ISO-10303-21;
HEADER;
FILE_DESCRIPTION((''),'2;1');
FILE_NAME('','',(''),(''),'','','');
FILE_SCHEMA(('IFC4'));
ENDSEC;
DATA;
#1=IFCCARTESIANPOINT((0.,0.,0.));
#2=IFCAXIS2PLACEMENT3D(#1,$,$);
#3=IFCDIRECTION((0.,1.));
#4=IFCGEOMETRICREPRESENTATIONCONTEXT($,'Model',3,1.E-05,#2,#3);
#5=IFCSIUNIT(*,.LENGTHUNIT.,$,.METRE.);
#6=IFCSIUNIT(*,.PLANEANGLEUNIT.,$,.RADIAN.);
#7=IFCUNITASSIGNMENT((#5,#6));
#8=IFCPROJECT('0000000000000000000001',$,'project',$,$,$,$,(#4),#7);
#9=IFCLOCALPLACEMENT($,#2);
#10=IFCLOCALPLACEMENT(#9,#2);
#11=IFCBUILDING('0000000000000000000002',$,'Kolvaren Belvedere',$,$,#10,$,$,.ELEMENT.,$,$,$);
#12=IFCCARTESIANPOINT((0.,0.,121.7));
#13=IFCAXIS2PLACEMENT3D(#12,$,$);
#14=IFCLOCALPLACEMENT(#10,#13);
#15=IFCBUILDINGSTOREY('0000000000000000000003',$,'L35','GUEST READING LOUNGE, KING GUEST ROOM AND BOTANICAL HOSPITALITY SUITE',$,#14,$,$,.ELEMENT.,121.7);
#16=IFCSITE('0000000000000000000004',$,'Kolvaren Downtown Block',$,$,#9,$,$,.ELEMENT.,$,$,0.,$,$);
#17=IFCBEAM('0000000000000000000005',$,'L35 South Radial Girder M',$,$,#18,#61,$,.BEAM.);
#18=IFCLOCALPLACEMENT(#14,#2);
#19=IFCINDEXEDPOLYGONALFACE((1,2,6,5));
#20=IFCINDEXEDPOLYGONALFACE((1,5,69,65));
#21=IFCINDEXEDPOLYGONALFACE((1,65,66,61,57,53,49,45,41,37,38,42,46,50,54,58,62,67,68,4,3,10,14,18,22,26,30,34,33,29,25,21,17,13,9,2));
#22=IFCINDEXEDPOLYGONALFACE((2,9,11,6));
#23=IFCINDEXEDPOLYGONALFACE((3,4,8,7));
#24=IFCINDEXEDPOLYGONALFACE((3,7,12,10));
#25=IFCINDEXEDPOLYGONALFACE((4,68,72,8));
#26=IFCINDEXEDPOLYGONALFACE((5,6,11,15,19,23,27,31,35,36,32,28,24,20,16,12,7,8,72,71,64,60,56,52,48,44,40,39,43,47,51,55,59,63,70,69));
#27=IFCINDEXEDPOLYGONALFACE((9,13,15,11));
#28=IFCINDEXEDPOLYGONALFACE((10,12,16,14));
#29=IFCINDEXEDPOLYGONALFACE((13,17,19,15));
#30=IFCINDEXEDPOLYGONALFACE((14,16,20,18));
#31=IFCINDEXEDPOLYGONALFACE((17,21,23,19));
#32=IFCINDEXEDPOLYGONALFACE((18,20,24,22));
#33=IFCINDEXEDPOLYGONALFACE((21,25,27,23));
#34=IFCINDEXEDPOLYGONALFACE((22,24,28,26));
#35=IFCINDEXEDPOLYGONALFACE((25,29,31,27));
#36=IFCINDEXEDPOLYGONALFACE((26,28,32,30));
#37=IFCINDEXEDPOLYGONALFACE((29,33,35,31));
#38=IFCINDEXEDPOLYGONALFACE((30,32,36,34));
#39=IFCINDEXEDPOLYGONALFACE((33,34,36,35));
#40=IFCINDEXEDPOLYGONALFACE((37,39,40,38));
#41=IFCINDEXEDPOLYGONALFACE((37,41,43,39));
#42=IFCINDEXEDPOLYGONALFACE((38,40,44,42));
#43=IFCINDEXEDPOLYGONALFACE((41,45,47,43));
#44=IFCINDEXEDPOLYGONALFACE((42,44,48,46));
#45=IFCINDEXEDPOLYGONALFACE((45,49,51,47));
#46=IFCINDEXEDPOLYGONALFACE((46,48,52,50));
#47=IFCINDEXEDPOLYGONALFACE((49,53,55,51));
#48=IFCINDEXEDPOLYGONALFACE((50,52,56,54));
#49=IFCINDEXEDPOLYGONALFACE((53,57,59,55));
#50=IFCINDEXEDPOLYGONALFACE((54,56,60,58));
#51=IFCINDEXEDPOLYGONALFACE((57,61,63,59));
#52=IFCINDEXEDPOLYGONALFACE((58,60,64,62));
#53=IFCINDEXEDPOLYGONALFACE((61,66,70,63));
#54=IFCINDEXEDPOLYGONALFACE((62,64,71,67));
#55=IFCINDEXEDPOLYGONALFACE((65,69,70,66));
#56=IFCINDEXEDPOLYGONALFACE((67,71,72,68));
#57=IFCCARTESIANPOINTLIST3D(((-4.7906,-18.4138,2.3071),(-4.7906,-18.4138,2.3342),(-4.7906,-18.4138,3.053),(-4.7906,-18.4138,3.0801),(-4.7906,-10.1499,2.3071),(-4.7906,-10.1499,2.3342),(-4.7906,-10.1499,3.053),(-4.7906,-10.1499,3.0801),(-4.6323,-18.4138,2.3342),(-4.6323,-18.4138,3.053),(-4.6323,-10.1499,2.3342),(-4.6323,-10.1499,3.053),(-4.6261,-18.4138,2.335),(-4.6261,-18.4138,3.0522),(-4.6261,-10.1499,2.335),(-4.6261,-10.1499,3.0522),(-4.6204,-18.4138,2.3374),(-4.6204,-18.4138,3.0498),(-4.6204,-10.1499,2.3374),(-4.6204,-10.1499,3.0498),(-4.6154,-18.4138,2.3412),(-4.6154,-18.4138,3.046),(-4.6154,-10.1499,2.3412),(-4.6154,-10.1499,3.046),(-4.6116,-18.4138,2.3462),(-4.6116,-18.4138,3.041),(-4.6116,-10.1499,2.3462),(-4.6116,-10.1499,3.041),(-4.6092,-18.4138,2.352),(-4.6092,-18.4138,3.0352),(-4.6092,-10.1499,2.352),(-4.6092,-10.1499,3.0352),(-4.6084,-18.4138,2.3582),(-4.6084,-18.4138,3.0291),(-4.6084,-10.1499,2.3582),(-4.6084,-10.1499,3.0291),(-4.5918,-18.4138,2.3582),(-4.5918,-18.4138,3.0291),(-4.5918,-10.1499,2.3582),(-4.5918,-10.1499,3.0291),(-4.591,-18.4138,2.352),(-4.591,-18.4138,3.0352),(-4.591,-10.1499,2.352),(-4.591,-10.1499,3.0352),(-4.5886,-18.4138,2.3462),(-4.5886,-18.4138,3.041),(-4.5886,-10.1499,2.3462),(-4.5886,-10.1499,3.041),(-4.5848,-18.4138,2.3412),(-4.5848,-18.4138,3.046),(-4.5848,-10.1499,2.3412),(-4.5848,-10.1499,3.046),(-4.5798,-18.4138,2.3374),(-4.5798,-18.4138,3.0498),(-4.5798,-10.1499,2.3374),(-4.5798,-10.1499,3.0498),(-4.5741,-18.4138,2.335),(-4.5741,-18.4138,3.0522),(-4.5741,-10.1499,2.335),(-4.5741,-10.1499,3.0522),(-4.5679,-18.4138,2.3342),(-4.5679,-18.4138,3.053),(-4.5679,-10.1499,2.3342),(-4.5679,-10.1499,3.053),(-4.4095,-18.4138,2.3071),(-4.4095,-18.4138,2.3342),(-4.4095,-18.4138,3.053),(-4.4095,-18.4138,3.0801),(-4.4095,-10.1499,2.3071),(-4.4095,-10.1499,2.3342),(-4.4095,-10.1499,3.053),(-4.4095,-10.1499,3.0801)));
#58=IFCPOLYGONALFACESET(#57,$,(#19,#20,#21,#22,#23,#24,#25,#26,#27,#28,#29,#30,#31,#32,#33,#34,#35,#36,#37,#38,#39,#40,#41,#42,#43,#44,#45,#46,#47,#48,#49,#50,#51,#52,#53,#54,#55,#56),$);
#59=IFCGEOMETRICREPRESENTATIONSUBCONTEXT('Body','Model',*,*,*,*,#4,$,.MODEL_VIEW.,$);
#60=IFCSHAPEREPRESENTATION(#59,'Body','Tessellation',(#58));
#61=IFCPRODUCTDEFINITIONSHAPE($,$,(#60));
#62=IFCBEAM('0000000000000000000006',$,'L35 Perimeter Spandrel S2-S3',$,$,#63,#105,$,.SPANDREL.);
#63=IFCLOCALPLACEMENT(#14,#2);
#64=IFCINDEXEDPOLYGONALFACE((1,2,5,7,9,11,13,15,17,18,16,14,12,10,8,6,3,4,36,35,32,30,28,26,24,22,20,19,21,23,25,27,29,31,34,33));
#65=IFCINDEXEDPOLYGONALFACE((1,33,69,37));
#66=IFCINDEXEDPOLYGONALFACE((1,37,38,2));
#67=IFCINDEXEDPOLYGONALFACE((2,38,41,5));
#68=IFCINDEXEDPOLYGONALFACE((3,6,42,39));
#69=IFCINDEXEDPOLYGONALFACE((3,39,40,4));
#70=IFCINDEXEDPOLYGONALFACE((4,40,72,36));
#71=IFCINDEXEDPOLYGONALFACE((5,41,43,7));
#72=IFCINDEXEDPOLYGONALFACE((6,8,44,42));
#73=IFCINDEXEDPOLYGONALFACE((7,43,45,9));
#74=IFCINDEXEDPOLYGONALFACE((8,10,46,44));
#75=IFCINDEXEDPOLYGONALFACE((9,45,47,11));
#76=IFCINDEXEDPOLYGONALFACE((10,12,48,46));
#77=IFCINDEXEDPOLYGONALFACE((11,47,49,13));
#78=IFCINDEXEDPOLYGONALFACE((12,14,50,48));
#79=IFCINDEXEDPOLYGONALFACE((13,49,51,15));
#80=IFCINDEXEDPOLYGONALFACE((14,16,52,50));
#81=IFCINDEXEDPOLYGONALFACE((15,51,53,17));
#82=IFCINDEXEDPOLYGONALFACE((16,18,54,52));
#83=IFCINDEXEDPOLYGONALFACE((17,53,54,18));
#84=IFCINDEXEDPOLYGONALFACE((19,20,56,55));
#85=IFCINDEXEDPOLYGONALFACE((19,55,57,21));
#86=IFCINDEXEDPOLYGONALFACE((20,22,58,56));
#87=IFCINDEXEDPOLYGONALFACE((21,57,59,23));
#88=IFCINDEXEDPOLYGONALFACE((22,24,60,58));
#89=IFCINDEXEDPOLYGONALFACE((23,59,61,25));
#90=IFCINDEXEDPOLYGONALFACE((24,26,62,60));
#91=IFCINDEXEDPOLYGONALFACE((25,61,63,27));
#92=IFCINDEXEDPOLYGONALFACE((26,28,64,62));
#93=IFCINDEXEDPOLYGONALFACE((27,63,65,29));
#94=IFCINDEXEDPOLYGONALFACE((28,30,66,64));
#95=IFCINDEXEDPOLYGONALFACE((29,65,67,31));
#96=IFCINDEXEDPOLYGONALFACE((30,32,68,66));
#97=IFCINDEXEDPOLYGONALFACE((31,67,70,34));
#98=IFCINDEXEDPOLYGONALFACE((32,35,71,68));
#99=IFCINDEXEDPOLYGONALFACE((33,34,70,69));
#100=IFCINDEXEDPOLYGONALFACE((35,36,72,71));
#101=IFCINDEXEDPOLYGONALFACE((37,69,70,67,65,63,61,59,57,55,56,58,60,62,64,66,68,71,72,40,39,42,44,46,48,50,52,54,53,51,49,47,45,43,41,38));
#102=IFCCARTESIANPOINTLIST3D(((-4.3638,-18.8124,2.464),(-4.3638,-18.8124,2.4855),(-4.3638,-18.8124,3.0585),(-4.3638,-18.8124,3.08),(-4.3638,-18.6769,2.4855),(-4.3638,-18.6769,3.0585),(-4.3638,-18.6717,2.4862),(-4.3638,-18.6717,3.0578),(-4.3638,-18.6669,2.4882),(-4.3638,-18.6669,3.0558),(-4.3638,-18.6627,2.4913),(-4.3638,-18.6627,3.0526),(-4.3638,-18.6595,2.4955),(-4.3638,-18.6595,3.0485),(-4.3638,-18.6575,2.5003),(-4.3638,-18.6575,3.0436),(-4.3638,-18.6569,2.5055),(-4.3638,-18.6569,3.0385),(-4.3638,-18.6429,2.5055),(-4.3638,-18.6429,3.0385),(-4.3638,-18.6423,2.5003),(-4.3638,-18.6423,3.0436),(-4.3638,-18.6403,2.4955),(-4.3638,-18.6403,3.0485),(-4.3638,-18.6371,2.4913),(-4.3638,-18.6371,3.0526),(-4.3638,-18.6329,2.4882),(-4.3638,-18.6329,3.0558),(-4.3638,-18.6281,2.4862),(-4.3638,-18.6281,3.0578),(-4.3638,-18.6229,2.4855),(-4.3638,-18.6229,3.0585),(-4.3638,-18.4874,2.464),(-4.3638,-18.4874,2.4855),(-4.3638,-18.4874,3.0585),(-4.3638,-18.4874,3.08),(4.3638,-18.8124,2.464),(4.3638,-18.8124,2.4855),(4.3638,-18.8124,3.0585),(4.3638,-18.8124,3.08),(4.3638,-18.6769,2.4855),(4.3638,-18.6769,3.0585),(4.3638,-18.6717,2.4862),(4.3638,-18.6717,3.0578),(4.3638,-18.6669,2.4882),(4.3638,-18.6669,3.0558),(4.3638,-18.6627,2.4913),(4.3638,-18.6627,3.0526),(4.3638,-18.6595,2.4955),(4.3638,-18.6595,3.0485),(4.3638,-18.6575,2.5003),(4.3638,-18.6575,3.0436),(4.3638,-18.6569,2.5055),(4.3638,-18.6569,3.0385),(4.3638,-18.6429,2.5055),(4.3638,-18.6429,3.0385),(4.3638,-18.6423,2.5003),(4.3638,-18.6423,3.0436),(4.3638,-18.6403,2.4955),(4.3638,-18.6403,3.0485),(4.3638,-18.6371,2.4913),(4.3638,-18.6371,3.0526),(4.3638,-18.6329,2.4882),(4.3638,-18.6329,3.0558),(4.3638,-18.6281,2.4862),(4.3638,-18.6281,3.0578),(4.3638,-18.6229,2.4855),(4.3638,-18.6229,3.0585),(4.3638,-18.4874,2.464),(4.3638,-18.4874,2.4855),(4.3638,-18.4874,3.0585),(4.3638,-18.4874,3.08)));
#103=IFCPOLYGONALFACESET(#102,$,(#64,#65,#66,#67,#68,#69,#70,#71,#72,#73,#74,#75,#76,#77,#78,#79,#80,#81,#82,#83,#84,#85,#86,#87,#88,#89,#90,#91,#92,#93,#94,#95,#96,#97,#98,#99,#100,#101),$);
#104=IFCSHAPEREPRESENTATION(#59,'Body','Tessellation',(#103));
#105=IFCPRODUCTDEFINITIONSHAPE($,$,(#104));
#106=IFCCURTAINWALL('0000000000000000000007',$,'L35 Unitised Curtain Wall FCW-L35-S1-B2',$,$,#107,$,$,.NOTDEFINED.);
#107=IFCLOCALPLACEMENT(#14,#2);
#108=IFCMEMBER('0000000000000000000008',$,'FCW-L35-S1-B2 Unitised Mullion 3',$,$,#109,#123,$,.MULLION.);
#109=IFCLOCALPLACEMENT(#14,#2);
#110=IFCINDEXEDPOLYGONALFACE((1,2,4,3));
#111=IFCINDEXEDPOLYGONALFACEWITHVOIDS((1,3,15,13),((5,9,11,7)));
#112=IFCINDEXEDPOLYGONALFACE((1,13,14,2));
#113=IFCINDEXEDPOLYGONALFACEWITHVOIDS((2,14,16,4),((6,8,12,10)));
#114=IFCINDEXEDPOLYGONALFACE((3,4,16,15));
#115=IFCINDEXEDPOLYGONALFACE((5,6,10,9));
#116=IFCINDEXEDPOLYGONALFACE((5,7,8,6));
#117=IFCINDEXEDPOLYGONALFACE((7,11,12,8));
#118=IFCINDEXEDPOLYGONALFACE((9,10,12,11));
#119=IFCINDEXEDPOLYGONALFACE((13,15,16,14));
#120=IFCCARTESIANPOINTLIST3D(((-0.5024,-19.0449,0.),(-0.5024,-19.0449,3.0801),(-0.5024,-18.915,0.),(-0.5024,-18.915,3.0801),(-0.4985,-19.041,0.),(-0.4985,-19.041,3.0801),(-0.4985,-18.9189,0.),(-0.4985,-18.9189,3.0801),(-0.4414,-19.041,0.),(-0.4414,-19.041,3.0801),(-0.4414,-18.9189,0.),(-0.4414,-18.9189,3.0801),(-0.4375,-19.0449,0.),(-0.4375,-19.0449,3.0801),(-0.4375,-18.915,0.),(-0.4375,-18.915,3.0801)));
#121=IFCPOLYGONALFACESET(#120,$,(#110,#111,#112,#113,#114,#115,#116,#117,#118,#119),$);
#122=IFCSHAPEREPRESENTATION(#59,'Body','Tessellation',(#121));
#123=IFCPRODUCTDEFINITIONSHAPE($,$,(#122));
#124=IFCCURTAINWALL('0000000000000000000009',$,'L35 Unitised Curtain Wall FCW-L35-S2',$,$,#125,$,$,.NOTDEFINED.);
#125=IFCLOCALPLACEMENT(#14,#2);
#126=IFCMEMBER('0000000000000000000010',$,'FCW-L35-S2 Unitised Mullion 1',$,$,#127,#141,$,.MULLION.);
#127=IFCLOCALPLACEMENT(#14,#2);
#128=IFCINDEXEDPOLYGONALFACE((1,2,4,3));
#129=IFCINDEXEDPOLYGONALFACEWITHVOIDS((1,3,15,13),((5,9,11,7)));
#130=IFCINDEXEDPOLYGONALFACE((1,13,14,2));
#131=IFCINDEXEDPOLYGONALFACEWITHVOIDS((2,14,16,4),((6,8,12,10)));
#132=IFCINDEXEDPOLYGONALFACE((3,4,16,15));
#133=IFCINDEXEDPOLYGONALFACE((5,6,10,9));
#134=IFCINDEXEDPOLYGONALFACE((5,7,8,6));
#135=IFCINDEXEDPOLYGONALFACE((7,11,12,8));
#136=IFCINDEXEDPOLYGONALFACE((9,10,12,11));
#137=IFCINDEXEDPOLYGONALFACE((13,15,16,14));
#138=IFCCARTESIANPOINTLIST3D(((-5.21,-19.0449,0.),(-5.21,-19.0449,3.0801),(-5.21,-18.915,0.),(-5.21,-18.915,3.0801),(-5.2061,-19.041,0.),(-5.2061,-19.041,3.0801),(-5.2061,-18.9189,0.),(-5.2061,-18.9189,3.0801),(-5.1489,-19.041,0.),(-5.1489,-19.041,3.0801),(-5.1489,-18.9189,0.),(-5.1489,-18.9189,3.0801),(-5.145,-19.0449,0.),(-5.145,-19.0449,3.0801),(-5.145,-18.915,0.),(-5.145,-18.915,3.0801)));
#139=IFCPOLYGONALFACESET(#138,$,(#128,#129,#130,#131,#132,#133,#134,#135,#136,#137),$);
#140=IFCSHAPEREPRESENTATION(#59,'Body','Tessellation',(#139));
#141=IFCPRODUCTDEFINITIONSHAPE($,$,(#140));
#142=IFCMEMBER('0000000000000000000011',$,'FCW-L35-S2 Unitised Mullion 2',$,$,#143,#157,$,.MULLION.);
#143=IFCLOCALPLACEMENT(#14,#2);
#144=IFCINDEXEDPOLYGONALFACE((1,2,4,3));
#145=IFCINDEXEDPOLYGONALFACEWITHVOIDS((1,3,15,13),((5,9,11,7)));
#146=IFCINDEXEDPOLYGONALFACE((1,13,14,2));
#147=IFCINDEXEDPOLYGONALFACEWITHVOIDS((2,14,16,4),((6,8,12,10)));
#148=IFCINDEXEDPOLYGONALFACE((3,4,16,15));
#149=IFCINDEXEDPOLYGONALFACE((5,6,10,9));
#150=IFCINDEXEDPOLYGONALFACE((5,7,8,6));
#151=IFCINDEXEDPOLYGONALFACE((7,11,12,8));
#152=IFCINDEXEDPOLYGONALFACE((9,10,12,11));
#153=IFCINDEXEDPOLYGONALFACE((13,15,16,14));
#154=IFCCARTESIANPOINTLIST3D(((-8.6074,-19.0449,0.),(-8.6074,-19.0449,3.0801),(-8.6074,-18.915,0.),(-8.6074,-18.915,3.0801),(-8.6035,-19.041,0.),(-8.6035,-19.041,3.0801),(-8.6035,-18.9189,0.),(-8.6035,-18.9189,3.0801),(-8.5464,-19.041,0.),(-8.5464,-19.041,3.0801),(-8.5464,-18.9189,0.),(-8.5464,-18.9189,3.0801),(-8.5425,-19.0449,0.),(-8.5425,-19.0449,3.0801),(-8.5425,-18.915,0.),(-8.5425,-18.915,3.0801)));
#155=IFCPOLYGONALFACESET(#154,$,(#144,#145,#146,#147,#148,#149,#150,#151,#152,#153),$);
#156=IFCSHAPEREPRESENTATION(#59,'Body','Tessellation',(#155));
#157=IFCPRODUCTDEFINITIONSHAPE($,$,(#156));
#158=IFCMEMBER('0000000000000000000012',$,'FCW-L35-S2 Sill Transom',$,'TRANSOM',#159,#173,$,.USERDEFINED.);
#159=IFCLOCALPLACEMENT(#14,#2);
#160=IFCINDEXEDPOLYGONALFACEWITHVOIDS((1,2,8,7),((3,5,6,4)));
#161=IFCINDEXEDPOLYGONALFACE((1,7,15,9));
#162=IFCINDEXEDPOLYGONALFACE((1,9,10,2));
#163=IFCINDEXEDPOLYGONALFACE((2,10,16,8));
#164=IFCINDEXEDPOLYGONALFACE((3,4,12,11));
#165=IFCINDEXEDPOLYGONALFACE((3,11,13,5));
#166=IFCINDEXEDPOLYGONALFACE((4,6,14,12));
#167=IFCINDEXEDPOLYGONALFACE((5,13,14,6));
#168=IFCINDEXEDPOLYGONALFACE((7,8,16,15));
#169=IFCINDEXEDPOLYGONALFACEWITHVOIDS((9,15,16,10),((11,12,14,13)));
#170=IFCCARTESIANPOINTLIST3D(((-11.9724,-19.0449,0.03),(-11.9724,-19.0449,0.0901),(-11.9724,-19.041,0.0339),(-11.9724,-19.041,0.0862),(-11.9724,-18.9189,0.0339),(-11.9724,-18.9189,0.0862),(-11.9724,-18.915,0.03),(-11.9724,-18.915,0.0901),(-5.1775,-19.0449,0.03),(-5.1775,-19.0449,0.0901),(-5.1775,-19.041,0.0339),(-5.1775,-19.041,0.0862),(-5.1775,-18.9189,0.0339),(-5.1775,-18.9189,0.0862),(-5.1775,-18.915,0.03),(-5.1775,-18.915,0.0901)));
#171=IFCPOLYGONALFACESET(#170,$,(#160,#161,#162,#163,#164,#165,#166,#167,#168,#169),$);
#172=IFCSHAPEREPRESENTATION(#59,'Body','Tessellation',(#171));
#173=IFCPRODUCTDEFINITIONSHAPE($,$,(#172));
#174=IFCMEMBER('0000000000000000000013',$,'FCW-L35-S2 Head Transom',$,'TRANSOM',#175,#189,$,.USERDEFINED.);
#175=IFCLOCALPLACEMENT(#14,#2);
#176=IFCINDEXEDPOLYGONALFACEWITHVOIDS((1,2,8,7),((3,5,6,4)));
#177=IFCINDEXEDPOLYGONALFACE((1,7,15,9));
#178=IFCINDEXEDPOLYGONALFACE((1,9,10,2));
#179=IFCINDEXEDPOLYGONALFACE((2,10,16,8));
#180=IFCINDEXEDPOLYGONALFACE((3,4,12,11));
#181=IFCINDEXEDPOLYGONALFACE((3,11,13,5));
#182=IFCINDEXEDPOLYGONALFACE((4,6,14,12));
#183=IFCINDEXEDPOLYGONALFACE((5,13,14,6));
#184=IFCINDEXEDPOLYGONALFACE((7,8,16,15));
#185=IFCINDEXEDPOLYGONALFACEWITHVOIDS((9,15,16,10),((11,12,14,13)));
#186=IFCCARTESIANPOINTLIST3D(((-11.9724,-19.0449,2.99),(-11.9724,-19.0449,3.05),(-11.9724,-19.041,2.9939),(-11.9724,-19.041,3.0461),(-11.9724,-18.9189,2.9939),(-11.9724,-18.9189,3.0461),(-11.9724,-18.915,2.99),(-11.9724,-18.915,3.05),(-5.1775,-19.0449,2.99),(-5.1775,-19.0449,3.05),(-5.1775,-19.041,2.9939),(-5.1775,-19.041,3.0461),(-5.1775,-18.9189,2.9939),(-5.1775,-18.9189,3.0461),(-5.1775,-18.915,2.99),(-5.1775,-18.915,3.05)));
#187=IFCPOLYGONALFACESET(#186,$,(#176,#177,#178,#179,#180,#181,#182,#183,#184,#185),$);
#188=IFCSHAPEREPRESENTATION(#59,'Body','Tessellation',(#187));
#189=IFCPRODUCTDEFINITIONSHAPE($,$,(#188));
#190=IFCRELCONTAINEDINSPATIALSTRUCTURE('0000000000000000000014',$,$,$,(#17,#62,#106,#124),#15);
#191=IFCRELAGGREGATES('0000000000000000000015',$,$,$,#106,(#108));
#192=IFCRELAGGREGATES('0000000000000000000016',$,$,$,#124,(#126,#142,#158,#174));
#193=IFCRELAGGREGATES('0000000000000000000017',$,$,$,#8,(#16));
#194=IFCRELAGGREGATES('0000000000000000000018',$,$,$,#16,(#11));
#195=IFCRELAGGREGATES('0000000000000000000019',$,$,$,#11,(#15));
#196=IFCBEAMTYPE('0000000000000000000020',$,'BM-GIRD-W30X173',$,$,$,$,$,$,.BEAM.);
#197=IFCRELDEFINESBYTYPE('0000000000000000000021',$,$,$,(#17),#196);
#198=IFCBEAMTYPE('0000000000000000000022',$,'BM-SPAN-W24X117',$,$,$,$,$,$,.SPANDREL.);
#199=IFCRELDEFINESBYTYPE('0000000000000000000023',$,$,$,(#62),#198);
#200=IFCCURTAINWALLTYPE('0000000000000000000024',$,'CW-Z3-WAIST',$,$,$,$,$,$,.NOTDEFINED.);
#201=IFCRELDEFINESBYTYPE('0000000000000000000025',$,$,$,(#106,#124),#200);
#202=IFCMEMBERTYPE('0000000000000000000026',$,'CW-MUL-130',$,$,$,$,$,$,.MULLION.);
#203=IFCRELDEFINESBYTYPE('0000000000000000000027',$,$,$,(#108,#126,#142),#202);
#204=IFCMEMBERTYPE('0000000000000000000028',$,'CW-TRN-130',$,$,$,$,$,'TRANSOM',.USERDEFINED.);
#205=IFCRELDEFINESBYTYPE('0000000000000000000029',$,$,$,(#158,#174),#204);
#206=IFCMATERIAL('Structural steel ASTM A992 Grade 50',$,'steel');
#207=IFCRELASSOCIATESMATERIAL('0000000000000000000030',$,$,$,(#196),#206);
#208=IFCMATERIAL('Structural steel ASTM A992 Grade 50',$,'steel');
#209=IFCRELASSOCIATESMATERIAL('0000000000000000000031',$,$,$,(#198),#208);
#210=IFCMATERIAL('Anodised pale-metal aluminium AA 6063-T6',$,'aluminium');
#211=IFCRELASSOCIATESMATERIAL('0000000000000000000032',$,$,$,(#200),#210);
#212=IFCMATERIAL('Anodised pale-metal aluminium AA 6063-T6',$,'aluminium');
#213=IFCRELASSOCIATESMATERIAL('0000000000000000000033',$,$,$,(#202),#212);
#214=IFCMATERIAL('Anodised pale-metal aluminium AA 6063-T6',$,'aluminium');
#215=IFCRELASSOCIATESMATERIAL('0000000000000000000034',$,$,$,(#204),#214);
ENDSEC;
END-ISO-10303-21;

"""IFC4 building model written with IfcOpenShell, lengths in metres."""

from ifc_helpers import new_model, si_unit, direction, frame, origin, origin_2d, place, context, subcontext, project, spatial, hollow_rectangle, i_section, extrude, material, material_profile, profile_set, type_object, element, aggregate, save


model = new_model("IFC4")

# Units and contexts
model_context = context("Model", 3, precision=1e-05, world=origin(), true_north=direction((0.0, 1.0)))
body_context = subcontext(model_context, "Body", "Model", "MODEL_VIEW")
ifc_project = project(units=[si_unit("LENGTHUNIT", "METRE"), si_unit("PLANEANGLEUNIT", "RADIAN")], contexts=[model_context])

# Site, building, storey
site_placement = place(None, origin())
site = spatial("IfcSite", under=ifc_project, at=site_placement, Name="Kolvaren Downtown Block", CompositionType="ELEMENT", RefElevation=0.0)
building_placement = place(site_placement, origin())
building = spatial("IfcBuilding", under=site, at=building_placement, Name="Kolvaren Belvedere", CompositionType="ELEMENT")
storey_placement = place(building_placement, frame((0.0, 0.0, 121.7)))
storey = spatial("IfcBuildingStorey", under=building, at=storey_placement, Name="L35", Description="GUEST READING LOUNGE, KING GUEST ROOM AND BOTANICAL HOSPITALITY SUITE", CompositionType="ELEMENT", Elevation=121.7)

# Beams
ifc_material_1 = material(Name="Structural steel ASTM A992 Grade 50", Category="steel")
ifc_material_profile_1 = material_profile(ifc_material_1, i_section(OverallWidth=0.3811, OverallDepth=0.7729, WebThickness=0.0166, FlangeThickness=0.0271, FilletRadius=0.0239, at=origin_2d()), Name="W30X173")
ifc_profile_set_1 = profile_set([ifc_material_profile_1], Name="Structural steel ASTM A992 Grade 50")
beam_type_1 = type_object("IfcBeamType", Name="BM-GIRD-W30X173", PredefinedType="BEAM", material=ifc_profile_set_1)
beam_1_placement = place(storey_placement, frame((-4.6001, -10.1499, 2.6936), z_axis=(0.0, -1.0, 0.0), x_axis=(1.0, 0.0, 0.0)))
element("IfcBeam", 1, at=beam_1_placement, inside=storey, type_object=beam_type_1, Name="L35 South Radial Girder M", PredefinedType="BEAM", context=body_context, shape_type="SweptSolid", body=[
    extrude(i_section(OverallWidth=0.3811, OverallDepth=0.7729, WebThickness=0.0166, FlangeThickness=0.0271, FilletRadius=0.0239, at=origin_2d()), origin(), (0.0, 0.0, 1.0), 8.2639),
])
ifc_material_2 = material(Name="Structural steel ASTM A992 Grade 50", Category="steel")
ifc_material_profile_2 = material_profile(ifc_material_2, i_section(OverallWidth=0.325, OverallDepth=0.616, WebThickness=0.0139, FlangeThickness=0.0215, FilletRadius=0.02, at=origin_2d()), Name="W24X117")
ifc_profile_set_2 = profile_set([ifc_material_profile_2], Name="Structural steel ASTM A992 Grade 50")
beam_type_2 = type_object("IfcBeamType", Name="BM-SPAN-W24X117", PredefinedType="SPANDREL", material=ifc_profile_set_2)
beam_2_placement = place(storey_placement, frame((-4.3638, -18.6499, 2.772), z_axis=(1.0, 0.0, 0.0), x_axis=(0.0, 1.0, 0.0)))
element("IfcBeam", 2, at=beam_2_placement, inside=storey, type_object=beam_type_2, Name="L35 Perimeter Spandrel S2-S3", PredefinedType="SPANDREL", context=body_context, shape_type="SweptSolid", body=[
    extrude(i_section(OverallWidth=0.325, OverallDepth=0.616, WebThickness=0.0139, FlangeThickness=0.0215, FilletRadius=0.02, at=origin_2d()), origin(), (0.0, 0.0, 1.0), 8.7275),
])

# Curtain wall, member
ifc_material_3 = material(Name="Anodised pale-metal aluminium AA 6063-T6", Category="aluminium")
curtain_wall_type = type_object("IfcCurtainWallType", Name="CW-Z3-WAIST", PredefinedType="NOTDEFINED", material=ifc_material_3)
curtain_wall_1_placement = place(storey_placement, origin())
curtain_wall_1 = element("IfcCurtainWall", 3, at=curtain_wall_1_placement, inside=storey, type_object=curtain_wall_type, Name="L35 Unitised Curtain Wall FCW-L35-S1-B2", PredefinedType="NOTDEFINED")
ifc_material_4 = material(Name="Anodised pale-metal aluminium AA 6063-T6", Category="aluminium")
ifc_material_profile_3 = material_profile(ifc_material_4, hollow_rectangle(XDim=0.0649, YDim=0.1299, WallThickness=0.0039, at=origin_2d()), Name="ALU-MUL-130X65")
ifc_profile_set_3 = profile_set([ifc_material_profile_3], Name="Anodised pale-metal aluminium AA 6063-T6")
member_type_1 = type_object("IfcMemberType", Name="CW-MUL-130", PredefinedType="MULLION", material=ifc_profile_set_3)
member_1_placement = place(storey_placement, frame((-0.47, -18.98, 0.0), z_axis=(0.0, 0.0, 1.0), x_axis=(1.0, 0.0, 0.0)))
member_1 = element("IfcMember", 4, at=member_1_placement, type_object=member_type_1, Name="FCW-L35-S1-B2 Unitised Mullion 3", PredefinedType="MULLION", context=body_context, shape_type="SweptSolid", body=[
    extrude(hollow_rectangle(XDim=0.0649, YDim=0.1299, WallThickness=0.0039, at=origin_2d()), origin(), (0.0, 0.0, 1.0), 3.0801),
])
aggregate(curtain_wall_1, [member_1])

# Curtain wall, members
curtain_wall_2_placement = place(storey_placement, origin())
curtain_wall_2 = element("IfcCurtainWall", 5, at=curtain_wall_2_placement, inside=storey, type_object=curtain_wall_type, Name="L35 Unitised Curtain Wall FCW-L35-S2", PredefinedType="NOTDEFINED")
member_2_placement = place(storey_placement, frame((-5.1775, -18.98, 0.0), z_axis=(0.0, 0.0, 1.0), x_axis=(1.0, 0.0, 0.0)))
member_2 = element("IfcMember", 6, at=member_2_placement, type_object=member_type_1, Name="FCW-L35-S2 Unitised Mullion 1", PredefinedType="MULLION", context=body_context, shape_type="SweptSolid", body=[
    extrude(hollow_rectangle(XDim=0.0649, YDim=0.1299, WallThickness=0.0039, at=origin_2d()), origin(), (0.0, 0.0, 1.0), 3.0801),
])
member_3_placement = place(storey_placement, frame((-8.575, -18.98, 0.0), z_axis=(0.0, 0.0, 1.0), x_axis=(1.0, 0.0, 0.0)))
member_3 = element("IfcMember", 7, at=member_3_placement, type_object=member_type_1, Name="FCW-L35-S2 Unitised Mullion 2", PredefinedType="MULLION", context=body_context, shape_type="SweptSolid", body=[
    extrude(hollow_rectangle(XDim=0.0649, YDim=0.1299, WallThickness=0.0039, at=origin_2d()), origin(), (0.0, 0.0, 1.0), 3.0801),
])
ifc_material_5 = material(Name="Anodised pale-metal aluminium AA 6063-T6", Category="aluminium")
ifc_material_profile_4 = material_profile(ifc_material_5, hollow_rectangle(XDim=0.0601, YDim=0.1299, WallThickness=0.0039, at=origin_2d()), Name="ALU-TRN-130X60")
ifc_profile_set_4 = profile_set([ifc_material_profile_4], Name="Anodised pale-metal aluminium AA 6063-T6")
member_type_2 = type_object("IfcMemberType", Name="CW-TRN-130", ElementType="TRANSOM", PredefinedType="USERDEFINED", material=ifc_profile_set_4)
member_4_placement = place(storey_placement, frame((-5.1775, -18.98, 0.0601), z_axis=(-1.0, 0.0, 0.0), x_axis=(0.0, 0.0, 1.0)))
member_4 = element("IfcMember", 8, at=member_4_placement, type_object=member_type_2, Name="FCW-L35-S2 Sill Transom", ObjectType="TRANSOM", PredefinedType="USERDEFINED", context=body_context, shape_type="SweptSolid", body=[
    extrude(hollow_rectangle(XDim=0.0601, YDim=0.1299, WallThickness=0.0039, at=origin_2d()), origin(), (0.0, 0.0, 1.0), 6.7949),
])
member_5_placement = place(storey_placement, frame((-5.1775, -18.98, 3.02), z_axis=(-1.0, 0.0, 0.0), x_axis=(0.0, 0.0, 1.0)))
member_5 = element("IfcMember", 9, at=member_5_placement, type_object=member_type_2, Name="FCW-L35-S2 Head Transom", ObjectType="TRANSOM", PredefinedType="USERDEFINED", context=body_context, shape_type="SweptSolid", body=[
    extrude(hollow_rectangle(XDim=0.0601, YDim=0.1299, WallThickness=0.0039, at=origin_2d()), origin(), (0.0, 0.0, 1.0), 6.7949),
])

aggregate(curtain_wall_2, [member_2, member_3, member_4, member_5])

save(model, "model.ifc")
